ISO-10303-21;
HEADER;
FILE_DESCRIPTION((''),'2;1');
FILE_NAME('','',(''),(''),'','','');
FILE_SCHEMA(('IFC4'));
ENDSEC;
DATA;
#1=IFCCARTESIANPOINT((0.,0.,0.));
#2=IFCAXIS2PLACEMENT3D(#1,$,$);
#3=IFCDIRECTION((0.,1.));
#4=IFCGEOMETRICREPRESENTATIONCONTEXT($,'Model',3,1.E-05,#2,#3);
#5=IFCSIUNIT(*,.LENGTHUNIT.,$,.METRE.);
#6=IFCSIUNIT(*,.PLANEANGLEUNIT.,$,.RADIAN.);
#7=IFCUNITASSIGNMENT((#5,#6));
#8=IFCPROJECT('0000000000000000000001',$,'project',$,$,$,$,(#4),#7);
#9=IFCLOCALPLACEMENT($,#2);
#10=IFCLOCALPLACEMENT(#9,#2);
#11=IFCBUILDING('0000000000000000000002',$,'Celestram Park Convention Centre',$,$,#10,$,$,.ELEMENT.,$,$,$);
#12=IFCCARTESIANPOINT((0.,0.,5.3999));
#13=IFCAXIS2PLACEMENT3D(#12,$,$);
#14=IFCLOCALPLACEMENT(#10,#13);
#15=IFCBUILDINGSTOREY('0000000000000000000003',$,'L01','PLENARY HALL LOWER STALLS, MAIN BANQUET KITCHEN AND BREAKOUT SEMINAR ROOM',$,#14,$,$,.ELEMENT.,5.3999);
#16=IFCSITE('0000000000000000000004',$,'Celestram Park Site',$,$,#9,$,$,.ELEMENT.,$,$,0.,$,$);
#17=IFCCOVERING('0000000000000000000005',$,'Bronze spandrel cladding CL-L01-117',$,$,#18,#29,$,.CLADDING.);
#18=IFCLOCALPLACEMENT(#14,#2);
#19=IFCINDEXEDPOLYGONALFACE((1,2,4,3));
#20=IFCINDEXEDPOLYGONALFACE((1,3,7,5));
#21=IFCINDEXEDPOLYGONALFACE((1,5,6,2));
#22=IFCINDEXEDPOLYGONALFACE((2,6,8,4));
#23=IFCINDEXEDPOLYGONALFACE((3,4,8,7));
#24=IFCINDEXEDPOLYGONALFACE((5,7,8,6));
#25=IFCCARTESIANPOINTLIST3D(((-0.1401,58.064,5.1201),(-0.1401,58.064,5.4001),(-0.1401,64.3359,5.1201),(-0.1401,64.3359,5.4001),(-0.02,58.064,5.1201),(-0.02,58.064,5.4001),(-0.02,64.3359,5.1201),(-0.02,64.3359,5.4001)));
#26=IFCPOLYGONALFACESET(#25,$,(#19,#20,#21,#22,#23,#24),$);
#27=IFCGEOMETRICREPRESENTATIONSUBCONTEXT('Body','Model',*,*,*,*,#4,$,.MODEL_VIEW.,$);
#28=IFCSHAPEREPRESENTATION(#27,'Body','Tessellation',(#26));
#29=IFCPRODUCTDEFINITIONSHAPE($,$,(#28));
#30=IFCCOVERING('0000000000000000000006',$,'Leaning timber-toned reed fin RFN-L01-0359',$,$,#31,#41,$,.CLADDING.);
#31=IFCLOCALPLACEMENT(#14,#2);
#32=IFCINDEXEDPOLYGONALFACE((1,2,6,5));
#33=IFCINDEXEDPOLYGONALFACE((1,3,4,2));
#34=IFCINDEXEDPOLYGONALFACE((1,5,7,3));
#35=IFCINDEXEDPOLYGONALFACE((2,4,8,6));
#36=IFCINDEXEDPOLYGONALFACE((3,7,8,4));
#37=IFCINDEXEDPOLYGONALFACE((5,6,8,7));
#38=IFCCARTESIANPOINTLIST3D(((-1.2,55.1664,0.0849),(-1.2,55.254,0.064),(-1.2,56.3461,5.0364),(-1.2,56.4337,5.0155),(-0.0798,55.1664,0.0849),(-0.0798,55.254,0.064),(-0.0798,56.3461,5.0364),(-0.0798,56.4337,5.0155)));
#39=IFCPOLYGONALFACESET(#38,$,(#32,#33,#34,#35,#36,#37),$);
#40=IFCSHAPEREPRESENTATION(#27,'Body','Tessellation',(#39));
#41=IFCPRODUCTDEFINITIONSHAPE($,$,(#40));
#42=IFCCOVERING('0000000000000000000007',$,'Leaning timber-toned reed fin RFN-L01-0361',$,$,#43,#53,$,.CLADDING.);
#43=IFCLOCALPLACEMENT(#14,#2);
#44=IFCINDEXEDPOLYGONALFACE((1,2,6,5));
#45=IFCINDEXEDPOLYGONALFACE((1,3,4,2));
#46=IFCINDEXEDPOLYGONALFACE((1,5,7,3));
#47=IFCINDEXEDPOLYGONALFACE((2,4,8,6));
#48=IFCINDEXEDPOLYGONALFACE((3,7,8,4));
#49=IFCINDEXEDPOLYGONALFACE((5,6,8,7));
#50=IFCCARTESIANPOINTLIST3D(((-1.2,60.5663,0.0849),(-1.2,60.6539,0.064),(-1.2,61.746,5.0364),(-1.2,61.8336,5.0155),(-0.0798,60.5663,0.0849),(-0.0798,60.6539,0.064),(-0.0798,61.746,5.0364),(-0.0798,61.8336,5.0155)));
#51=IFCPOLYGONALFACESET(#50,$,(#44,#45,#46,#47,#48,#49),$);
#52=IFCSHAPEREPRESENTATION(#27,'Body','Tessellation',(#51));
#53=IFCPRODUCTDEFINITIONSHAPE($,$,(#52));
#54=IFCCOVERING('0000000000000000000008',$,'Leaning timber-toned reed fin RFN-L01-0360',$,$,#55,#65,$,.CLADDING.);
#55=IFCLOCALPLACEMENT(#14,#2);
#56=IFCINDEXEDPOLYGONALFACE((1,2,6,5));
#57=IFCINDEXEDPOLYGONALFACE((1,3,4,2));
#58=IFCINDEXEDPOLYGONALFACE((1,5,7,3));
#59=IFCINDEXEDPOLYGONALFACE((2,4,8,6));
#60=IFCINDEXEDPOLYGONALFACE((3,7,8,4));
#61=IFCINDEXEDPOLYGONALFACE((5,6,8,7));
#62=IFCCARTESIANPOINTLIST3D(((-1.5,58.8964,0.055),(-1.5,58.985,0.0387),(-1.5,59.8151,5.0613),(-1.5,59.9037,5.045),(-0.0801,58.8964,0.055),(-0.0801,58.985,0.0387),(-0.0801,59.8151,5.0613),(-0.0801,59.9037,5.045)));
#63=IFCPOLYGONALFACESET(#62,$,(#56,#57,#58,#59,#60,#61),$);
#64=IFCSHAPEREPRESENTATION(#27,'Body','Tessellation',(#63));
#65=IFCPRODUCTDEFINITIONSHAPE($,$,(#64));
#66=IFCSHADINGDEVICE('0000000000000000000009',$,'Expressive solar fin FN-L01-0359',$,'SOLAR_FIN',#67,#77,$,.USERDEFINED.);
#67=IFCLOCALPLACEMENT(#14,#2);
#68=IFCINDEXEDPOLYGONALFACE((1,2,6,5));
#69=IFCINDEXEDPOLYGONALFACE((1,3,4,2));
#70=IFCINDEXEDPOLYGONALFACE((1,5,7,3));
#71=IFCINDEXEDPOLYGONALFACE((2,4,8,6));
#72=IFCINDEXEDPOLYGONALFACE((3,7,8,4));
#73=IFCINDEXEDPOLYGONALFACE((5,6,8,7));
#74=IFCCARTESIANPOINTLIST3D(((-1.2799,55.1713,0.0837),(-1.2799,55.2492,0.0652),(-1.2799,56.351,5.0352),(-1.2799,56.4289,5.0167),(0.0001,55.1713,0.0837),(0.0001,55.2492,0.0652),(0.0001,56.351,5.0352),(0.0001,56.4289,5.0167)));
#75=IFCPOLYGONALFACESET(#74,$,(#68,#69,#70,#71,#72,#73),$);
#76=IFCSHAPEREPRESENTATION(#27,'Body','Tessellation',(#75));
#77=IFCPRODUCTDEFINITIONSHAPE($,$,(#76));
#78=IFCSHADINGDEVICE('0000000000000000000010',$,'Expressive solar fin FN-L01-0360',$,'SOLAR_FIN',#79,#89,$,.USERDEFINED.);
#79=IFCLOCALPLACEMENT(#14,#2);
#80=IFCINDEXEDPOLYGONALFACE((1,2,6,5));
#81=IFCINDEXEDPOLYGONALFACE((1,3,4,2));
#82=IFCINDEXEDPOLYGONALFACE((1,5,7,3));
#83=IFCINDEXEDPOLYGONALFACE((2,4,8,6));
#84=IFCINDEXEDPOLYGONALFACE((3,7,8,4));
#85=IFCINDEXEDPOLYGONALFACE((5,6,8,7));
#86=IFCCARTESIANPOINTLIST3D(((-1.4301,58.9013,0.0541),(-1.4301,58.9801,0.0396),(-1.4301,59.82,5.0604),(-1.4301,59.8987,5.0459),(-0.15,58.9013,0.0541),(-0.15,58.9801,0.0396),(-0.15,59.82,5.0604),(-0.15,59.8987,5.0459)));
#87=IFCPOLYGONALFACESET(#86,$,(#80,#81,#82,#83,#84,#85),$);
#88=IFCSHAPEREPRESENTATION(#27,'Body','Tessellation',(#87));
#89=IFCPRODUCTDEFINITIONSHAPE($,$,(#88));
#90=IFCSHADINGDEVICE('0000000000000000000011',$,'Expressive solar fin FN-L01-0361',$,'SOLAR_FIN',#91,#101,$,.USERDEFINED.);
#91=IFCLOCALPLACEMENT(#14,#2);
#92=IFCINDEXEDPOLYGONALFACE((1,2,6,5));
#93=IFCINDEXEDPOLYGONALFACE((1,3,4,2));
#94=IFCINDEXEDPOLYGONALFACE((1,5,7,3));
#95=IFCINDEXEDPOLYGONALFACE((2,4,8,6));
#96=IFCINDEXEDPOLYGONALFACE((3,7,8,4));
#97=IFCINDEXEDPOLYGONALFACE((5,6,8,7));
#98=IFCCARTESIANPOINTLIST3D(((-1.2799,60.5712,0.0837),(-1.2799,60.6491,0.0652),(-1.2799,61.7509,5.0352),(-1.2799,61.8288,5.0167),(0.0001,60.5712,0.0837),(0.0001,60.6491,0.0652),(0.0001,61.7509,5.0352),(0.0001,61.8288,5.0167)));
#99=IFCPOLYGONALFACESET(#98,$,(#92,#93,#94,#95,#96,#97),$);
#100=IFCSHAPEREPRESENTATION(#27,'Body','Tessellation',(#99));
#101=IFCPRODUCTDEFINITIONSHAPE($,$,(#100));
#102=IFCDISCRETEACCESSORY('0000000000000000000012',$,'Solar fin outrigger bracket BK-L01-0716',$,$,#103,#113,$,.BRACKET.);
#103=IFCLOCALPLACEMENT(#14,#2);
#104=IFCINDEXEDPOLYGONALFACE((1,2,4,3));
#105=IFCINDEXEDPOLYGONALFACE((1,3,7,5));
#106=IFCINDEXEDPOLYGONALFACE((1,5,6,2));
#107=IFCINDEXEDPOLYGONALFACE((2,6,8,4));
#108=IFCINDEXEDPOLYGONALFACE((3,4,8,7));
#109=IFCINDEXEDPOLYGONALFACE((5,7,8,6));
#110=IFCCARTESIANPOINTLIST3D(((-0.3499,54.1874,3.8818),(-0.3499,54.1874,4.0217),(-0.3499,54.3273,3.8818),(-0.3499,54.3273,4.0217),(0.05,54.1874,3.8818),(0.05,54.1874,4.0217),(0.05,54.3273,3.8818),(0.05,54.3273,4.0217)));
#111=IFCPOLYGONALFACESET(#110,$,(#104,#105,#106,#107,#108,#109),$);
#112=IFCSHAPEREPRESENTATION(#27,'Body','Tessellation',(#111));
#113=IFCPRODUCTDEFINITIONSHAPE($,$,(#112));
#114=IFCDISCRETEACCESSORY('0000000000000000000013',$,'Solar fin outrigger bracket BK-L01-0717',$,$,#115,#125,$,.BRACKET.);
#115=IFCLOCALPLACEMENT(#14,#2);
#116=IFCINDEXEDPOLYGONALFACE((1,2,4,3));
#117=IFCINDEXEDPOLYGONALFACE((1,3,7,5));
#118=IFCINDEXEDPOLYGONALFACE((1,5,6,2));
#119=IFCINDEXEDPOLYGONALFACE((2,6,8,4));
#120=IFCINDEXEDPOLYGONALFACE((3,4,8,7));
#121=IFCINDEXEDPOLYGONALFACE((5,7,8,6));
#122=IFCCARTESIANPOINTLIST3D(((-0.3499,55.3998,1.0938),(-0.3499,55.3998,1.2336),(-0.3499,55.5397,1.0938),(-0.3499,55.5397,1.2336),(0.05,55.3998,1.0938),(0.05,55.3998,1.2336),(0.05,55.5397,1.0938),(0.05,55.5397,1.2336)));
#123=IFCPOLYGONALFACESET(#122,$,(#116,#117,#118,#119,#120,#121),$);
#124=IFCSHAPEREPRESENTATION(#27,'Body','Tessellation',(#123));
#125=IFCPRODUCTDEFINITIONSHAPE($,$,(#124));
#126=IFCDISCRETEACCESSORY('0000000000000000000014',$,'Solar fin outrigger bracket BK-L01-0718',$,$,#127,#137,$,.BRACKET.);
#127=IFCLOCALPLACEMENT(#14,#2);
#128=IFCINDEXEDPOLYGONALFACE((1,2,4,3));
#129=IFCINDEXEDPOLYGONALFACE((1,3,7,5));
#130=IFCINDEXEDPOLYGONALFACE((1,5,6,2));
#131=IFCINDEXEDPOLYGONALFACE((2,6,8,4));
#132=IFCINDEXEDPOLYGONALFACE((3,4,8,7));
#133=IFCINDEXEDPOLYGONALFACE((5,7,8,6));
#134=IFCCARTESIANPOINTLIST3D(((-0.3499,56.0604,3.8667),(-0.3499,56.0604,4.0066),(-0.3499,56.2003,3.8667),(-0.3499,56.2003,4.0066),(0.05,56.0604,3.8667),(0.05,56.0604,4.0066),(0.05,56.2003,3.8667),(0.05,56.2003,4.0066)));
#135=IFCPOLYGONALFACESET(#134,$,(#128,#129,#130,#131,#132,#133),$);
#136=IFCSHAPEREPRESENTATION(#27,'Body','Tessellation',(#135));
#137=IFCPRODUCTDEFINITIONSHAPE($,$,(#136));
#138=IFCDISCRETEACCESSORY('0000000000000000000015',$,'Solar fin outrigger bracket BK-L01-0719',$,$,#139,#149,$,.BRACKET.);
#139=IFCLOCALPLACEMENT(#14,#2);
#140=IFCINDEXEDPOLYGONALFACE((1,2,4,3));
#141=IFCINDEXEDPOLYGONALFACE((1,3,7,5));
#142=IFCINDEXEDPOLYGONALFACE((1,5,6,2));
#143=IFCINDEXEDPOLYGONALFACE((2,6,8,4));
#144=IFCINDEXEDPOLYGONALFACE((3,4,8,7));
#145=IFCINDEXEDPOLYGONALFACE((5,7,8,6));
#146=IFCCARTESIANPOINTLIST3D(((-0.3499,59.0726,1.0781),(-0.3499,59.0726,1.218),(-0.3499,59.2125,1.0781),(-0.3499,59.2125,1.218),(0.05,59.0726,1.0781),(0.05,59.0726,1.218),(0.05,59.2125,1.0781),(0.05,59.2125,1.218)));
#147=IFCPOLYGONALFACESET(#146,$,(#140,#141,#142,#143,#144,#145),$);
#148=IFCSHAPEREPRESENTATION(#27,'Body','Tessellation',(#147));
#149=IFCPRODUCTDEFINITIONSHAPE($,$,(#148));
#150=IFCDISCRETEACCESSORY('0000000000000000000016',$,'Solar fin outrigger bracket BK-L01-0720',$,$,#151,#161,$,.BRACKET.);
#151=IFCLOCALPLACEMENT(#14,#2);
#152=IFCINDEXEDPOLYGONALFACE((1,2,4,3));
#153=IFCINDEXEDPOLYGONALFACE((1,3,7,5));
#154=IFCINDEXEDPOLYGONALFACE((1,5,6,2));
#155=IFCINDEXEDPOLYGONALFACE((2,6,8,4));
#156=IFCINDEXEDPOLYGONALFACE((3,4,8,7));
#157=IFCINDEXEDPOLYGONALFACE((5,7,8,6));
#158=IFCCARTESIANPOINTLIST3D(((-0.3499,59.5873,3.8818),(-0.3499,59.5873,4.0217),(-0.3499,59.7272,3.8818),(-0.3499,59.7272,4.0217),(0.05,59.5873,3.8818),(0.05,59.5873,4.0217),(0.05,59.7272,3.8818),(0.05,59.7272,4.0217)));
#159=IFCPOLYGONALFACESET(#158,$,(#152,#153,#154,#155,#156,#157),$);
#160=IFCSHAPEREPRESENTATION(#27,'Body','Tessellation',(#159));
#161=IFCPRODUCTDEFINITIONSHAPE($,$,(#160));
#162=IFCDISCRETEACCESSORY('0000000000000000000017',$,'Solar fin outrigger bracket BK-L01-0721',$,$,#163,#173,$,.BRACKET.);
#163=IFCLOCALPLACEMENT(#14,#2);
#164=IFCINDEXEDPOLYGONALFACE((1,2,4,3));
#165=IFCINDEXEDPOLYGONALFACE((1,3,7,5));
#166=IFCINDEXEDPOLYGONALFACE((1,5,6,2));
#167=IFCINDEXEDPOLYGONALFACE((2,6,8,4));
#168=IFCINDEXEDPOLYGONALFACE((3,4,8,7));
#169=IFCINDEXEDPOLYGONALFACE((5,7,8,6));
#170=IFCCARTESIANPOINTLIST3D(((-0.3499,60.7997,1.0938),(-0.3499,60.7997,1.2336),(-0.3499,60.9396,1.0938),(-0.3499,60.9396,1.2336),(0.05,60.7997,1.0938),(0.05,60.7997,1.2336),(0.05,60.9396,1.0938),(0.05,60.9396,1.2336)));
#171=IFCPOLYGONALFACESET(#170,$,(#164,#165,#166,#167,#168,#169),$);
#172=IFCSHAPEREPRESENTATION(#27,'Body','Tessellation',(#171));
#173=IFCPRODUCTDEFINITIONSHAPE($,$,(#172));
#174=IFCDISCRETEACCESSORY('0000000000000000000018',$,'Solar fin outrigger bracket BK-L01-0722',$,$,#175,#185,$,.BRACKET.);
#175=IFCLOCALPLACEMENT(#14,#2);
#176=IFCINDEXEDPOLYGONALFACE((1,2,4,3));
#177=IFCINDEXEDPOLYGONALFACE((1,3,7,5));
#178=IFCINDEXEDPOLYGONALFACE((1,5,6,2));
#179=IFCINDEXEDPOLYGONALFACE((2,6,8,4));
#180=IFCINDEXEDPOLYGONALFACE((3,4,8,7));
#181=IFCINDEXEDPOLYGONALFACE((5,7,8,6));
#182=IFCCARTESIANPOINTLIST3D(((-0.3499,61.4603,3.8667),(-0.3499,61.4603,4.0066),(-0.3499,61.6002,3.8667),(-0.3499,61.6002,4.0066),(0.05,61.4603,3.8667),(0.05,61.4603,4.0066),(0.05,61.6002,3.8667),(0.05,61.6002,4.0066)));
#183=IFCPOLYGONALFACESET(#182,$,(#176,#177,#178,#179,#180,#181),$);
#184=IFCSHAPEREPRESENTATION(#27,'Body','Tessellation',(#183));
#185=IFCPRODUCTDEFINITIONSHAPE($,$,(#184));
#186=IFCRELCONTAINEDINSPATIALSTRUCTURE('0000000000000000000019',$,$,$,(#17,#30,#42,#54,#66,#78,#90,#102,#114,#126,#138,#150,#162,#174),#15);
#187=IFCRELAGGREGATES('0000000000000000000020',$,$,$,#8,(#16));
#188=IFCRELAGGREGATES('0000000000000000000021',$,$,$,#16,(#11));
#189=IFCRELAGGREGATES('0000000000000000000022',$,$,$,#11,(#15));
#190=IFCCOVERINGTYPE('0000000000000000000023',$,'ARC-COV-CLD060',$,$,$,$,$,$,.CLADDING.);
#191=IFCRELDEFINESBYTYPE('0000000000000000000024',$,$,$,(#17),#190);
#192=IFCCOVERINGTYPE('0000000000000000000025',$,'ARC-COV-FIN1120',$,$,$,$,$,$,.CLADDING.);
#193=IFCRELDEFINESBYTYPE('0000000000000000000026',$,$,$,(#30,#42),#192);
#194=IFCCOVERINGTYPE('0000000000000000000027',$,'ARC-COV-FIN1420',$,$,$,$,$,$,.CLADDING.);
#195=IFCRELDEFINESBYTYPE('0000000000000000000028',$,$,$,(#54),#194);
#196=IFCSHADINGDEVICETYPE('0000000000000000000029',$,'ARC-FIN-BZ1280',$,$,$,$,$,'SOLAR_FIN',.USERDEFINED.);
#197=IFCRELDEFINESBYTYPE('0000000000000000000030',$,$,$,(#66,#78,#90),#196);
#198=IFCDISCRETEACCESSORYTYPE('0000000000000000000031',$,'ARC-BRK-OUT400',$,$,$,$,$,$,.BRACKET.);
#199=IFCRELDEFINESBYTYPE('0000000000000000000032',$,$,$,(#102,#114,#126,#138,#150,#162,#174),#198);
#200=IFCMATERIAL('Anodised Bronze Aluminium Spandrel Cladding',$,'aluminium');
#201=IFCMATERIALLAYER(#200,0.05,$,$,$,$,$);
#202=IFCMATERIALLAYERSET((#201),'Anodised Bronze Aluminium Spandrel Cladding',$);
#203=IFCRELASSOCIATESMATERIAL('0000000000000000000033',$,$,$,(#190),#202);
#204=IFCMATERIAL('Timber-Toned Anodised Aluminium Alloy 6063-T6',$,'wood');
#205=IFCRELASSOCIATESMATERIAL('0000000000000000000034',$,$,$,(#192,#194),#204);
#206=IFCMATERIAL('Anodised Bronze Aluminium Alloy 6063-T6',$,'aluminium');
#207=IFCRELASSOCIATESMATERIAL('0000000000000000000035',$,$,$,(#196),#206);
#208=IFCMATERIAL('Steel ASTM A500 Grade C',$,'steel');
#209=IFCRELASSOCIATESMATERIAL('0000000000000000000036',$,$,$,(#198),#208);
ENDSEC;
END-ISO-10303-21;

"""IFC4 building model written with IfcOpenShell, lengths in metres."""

from ifc_helpers import new_model, si_unit, direction, frame, origin, origin_2d, place, context, subcontext, project, spatial, rectangle, extrude, material, layer, layer_set, material_profile, profile_set, type_object, element, save


model = new_model("IFC4")

# Units and contexts
model_context = context("Model", 3, precision=1e-05, world=origin(), true_north=direction((0.0, 1.0)))
body_context = subcontext(model_context, "Body", "Model", "MODEL_VIEW")
ifc_project = project(units=[si_unit("LENGTHUNIT", "METRE"), si_unit("PLANEANGLEUNIT", "RADIAN")], contexts=[model_context])

# Site, building, storey
site_placement = place(None, origin())
site = spatial("IfcSite", under=ifc_project, at=site_placement, Name="Celestram Park Site", CompositionType="ELEMENT", RefElevation=0.0)
building_placement = place(site_placement, origin())
building = spatial("IfcBuilding", under=site, at=building_placement, Name="Celestram Park Convention Centre", CompositionType="ELEMENT")
storey_placement = place(building_placement, frame((0.0, 0.0, 5.3999)))
storey = spatial("IfcBuildingStorey", under=building, at=storey_placement, Name="L01", Description="PLENARY HALL LOWER STALLS, MAIN BANQUET KITCHEN AND BREAKOUT SEMINAR ROOM", CompositionType="ELEMENT", Elevation=5.3999)

# Shared definitions
ifc_material_1 = material(Name="Steel ASTM A500 Grade C", Category="steel")

# Coverings
ifc_material_2 = material(Name="Anodised Bronze Aluminium Spandrel Cladding", Category="aluminium")
ifc_layer_1 = layer(ifc_material_2, 0.05)
ifc_layer_set_1 = layer_set([ifc_layer_1], Name="Anodised Bronze Aluminium Spandrel Cladding")
covering_type_1 = type_object("IfcCoveringType", Name="ARC-COV-CLD060", PredefinedType="CLADDING", material=ifc_layer_set_1)
covering_1_placement = place(storey_placement, frame((-0.0801, 61.2, 5.1201), z_axis=(0.0, 0.0, 1.0), x_axis=(0.0, 1.0, 0.0)))
element("IfcCovering", 1, at=covering_1_placement, inside=storey, type_object=covering_type_1, Name="Bronze spandrel cladding CL-L01-117", PredefinedType="CLADDING", context=body_context, shape_type="SweptSolid", body=[
    extrude(rectangle(XDim=6.272, YDim=0.1201, at=origin_2d()), origin(), (0.0, 0.0, 1.0), 0.28),
])
ifc_material_3 = material(Name="Timber-Toned Anodised Aluminium Alloy 6063-T6", Category="wood")
ifc_material_profile_1 = material_profile(ifc_material_3, rectangle(XDim=1.1201, YDim=0.0901, at=origin_2d()), Name="REED1120X90")
ifc_profile_set_1 = profile_set([ifc_material_profile_1], Name="Timber-Toned Anodised Aluminium Alloy 6063-T6")
covering_type_2 = type_object("IfcCoveringType", Name="ARC-COV-FIN1120", PredefinedType="CLADDING", material=ifc_profile_set_1)
for number, where, z_axis, x_axis, name in (
    (2, (-0.6399, 55.2102, 0.0745), (0.0, 0.231765, 0.972772), (-1.0, 0.0, 0.0), "Leaning timber-toned reed fin RFN-L01-0359"),
    (3, (-0.6399, 60.6101, 0.0745), (0.0, 0.231765, 0.972772), (-1.0, 0.0, 0.0), "Leaning timber-toned reed fin RFN-L01-0361"),
):
    element("IfcCovering", number, at=place(storey_placement, frame(where, z_axis=z_axis, x_axis=x_axis)), inside=storey, type_object=covering_type_2, Name=name, PredefinedType="CLADDING", context=body_context, shape_type="SweptSolid", body=[
        extrude(rectangle(XDim=1.1201, YDim=0.0901, at=origin_2d()), origin(), (0.0, 0.0, 1.0), 5.0901),
    ])
ifc_material_profile_2 = material_profile(ifc_material_3, rectangle(XDim=1.4199, YDim=0.0901, at=origin_2d()), Name="REED1420X90")
ifc_profile_set_2 = profile_set([ifc_material_profile_2], Name="Timber-Toned Anodised Aluminium Alloy 6063-T6")
covering_type_3 = type_object("IfcCoveringType", Name="ARC-COV-FIN1420", PredefinedType="CLADDING", material=ifc_profile_set_2)
covering_2_placement = place(storey_placement, frame((-0.79, 58.9407, 0.0469), z_axis=(0.0, 0.180493, 0.983576), x_axis=(-1.0, 0.0, 0.0)))
element("IfcCovering", 4, at=covering_2_placement, inside=storey, type_object=covering_type_3, Name="Leaning timber-toned reed fin RFN-L01-0360", PredefinedType="CLADDING", context=body_context, shape_type="SweptSolid", body=[
    extrude(rectangle(XDim=1.4199, YDim=0.0901, at=origin_2d()), origin(), (0.0, 0.0, 1.0), 5.0898),
])

# Shading devices
ifc_material_4 = material(Name="Anodised Bronze Aluminium Alloy 6063-T6", Category="aluminium")
ifc_material_profile_3 = material_profile(ifc_material_4, rectangle(XDim=1.28, YDim=0.0801, at=origin_2d()), Name="FIN1280X80")
ifc_profile_set_3 = profile_set([ifc_material_profile_3], Name="Anodised Bronze Aluminium Alloy 6063-T6")
shading_device_type = type_object("IfcShadingDeviceType", Name="ARC-FIN-BZ1280", ElementType="SOLAR_FIN", PredefinedType="USERDEFINED", material=ifc_profile_set_3)
shading_device_1_placement = place(storey_placement, frame((-0.6399, 55.2102, 0.0745), z_axis=(0.0, 0.231765, 0.972772), x_axis=(-1.0, 0.0, 0.0)))
element("IfcShadingDevice", 5, at=shading_device_1_placement, inside=storey, type_object=shading_device_type, Name="Expressive solar fin FN-L01-0359", ObjectType="SOLAR_FIN", PredefinedType="USERDEFINED", context=body_context, shape_type="SweptSolid", body=[
    extrude(rectangle(XDim=1.28, YDim=0.0801, at=origin_2d()), origin(), (0.0, 0.0, 1.0), 5.0901),
])
shading_device_2_placement = place(storey_placement, frame((-0.79, 58.9407, 0.0469), z_axis=(0.0, 0.180493, 0.983576), x_axis=(-1.0, 0.0, 0.0)))
element("IfcShadingDevice", 6, at=shading_device_2_placement, inside=storey, type_object=shading_device_type, Name="Expressive solar fin FN-L01-0360", ObjectType="SOLAR_FIN", PredefinedType="USERDEFINED", context=body_context, shape_type="SweptSolid", body=[
    extrude(rectangle(XDim=1.28, YDim=0.0801, at=origin_2d()), origin(), (0.0, 0.0, 1.0), 5.0898),
])
shading_device_3_placement = place(storey_placement, frame((-0.6399, 60.6101, 0.0745), z_axis=(0.0, 0.231765, 0.972772), x_axis=(-1.0, 0.0, 0.0)))
element("IfcShadingDevice", 7, at=shading_device_3_placement, inside=storey, type_object=shading_device_type, Name="Expressive solar fin FN-L01-0361", ObjectType="SOLAR_FIN", PredefinedType="USERDEFINED", context=body_context, shape_type="SweptSolid", body=[
    extrude(rectangle(XDim=1.28, YDim=0.0801, at=origin_2d()), origin(), (0.0, 0.0, 1.0), 5.0901),
])

# Discrete accessories
discrete_accessory_type = type_object("IfcDiscreteAccessoryType", Name="ARC-BRK-OUT400", PredefinedType="BRACKET", material=ifc_material_1)
for number, where, z_axis, x_axis, name in (
    (8, (-0.1499, 54.2573, 3.8818), (0.0, 0.0, 1.0), (-1.0, 0.0, 0.0), "Solar fin outrigger bracket BK-L01-0716"),
    (9, (-0.1499, 55.4697, 1.0938), (0.0, 0.0, 1.0), (-1.0, 0.0, 0.0), "Solar fin outrigger bracket BK-L01-0717"),
    (10, (-0.1499, 56.1304, 3.8667), (0.0, 0.0, 1.0), (-1.0, 0.0, 0.0), "Solar fin outrigger bracket BK-L01-0718"),
    (11, (-0.1499, 59.1426, 1.0781), (0.0, 0.0, 1.0), (-1.0, 0.0, 0.0), "Solar fin outrigger bracket BK-L01-0719"),
    (12, (-0.1499, 59.6572, 3.8818), (0.0, 0.0, 1.0), (-1.0, 0.0, 0.0), "Solar fin outrigger bracket BK-L01-0720"),
    (13, (-0.1499, 60.8696, 1.0938), (0.0, 0.0, 1.0), (-1.0, 0.0, 0.0), "Solar fin outrigger bracket BK-L01-0721"),
    (14, (-0.1499, 61.5303, 3.8667), (0.0, 0.0, 1.0), (-1.0, 0.0, 0.0), "Solar fin outrigger bracket BK-L01-0722"),
):
    element("IfcDiscreteAccessory", number, at=place(storey_placement, frame(where, z_axis=z_axis, x_axis=x_axis)), inside=storey, type_object=discrete_accessory_type, Name=name, PredefinedType="BRACKET", context=body_context, shape_type="SweptSolid", body=[
        extrude(rectangle(XDim=0.3999, YDim=0.1399, at=origin_2d()), origin(), (0.0, 0.0, 1.0), 0.1399),
    ])

save(model, "model.ifc")
